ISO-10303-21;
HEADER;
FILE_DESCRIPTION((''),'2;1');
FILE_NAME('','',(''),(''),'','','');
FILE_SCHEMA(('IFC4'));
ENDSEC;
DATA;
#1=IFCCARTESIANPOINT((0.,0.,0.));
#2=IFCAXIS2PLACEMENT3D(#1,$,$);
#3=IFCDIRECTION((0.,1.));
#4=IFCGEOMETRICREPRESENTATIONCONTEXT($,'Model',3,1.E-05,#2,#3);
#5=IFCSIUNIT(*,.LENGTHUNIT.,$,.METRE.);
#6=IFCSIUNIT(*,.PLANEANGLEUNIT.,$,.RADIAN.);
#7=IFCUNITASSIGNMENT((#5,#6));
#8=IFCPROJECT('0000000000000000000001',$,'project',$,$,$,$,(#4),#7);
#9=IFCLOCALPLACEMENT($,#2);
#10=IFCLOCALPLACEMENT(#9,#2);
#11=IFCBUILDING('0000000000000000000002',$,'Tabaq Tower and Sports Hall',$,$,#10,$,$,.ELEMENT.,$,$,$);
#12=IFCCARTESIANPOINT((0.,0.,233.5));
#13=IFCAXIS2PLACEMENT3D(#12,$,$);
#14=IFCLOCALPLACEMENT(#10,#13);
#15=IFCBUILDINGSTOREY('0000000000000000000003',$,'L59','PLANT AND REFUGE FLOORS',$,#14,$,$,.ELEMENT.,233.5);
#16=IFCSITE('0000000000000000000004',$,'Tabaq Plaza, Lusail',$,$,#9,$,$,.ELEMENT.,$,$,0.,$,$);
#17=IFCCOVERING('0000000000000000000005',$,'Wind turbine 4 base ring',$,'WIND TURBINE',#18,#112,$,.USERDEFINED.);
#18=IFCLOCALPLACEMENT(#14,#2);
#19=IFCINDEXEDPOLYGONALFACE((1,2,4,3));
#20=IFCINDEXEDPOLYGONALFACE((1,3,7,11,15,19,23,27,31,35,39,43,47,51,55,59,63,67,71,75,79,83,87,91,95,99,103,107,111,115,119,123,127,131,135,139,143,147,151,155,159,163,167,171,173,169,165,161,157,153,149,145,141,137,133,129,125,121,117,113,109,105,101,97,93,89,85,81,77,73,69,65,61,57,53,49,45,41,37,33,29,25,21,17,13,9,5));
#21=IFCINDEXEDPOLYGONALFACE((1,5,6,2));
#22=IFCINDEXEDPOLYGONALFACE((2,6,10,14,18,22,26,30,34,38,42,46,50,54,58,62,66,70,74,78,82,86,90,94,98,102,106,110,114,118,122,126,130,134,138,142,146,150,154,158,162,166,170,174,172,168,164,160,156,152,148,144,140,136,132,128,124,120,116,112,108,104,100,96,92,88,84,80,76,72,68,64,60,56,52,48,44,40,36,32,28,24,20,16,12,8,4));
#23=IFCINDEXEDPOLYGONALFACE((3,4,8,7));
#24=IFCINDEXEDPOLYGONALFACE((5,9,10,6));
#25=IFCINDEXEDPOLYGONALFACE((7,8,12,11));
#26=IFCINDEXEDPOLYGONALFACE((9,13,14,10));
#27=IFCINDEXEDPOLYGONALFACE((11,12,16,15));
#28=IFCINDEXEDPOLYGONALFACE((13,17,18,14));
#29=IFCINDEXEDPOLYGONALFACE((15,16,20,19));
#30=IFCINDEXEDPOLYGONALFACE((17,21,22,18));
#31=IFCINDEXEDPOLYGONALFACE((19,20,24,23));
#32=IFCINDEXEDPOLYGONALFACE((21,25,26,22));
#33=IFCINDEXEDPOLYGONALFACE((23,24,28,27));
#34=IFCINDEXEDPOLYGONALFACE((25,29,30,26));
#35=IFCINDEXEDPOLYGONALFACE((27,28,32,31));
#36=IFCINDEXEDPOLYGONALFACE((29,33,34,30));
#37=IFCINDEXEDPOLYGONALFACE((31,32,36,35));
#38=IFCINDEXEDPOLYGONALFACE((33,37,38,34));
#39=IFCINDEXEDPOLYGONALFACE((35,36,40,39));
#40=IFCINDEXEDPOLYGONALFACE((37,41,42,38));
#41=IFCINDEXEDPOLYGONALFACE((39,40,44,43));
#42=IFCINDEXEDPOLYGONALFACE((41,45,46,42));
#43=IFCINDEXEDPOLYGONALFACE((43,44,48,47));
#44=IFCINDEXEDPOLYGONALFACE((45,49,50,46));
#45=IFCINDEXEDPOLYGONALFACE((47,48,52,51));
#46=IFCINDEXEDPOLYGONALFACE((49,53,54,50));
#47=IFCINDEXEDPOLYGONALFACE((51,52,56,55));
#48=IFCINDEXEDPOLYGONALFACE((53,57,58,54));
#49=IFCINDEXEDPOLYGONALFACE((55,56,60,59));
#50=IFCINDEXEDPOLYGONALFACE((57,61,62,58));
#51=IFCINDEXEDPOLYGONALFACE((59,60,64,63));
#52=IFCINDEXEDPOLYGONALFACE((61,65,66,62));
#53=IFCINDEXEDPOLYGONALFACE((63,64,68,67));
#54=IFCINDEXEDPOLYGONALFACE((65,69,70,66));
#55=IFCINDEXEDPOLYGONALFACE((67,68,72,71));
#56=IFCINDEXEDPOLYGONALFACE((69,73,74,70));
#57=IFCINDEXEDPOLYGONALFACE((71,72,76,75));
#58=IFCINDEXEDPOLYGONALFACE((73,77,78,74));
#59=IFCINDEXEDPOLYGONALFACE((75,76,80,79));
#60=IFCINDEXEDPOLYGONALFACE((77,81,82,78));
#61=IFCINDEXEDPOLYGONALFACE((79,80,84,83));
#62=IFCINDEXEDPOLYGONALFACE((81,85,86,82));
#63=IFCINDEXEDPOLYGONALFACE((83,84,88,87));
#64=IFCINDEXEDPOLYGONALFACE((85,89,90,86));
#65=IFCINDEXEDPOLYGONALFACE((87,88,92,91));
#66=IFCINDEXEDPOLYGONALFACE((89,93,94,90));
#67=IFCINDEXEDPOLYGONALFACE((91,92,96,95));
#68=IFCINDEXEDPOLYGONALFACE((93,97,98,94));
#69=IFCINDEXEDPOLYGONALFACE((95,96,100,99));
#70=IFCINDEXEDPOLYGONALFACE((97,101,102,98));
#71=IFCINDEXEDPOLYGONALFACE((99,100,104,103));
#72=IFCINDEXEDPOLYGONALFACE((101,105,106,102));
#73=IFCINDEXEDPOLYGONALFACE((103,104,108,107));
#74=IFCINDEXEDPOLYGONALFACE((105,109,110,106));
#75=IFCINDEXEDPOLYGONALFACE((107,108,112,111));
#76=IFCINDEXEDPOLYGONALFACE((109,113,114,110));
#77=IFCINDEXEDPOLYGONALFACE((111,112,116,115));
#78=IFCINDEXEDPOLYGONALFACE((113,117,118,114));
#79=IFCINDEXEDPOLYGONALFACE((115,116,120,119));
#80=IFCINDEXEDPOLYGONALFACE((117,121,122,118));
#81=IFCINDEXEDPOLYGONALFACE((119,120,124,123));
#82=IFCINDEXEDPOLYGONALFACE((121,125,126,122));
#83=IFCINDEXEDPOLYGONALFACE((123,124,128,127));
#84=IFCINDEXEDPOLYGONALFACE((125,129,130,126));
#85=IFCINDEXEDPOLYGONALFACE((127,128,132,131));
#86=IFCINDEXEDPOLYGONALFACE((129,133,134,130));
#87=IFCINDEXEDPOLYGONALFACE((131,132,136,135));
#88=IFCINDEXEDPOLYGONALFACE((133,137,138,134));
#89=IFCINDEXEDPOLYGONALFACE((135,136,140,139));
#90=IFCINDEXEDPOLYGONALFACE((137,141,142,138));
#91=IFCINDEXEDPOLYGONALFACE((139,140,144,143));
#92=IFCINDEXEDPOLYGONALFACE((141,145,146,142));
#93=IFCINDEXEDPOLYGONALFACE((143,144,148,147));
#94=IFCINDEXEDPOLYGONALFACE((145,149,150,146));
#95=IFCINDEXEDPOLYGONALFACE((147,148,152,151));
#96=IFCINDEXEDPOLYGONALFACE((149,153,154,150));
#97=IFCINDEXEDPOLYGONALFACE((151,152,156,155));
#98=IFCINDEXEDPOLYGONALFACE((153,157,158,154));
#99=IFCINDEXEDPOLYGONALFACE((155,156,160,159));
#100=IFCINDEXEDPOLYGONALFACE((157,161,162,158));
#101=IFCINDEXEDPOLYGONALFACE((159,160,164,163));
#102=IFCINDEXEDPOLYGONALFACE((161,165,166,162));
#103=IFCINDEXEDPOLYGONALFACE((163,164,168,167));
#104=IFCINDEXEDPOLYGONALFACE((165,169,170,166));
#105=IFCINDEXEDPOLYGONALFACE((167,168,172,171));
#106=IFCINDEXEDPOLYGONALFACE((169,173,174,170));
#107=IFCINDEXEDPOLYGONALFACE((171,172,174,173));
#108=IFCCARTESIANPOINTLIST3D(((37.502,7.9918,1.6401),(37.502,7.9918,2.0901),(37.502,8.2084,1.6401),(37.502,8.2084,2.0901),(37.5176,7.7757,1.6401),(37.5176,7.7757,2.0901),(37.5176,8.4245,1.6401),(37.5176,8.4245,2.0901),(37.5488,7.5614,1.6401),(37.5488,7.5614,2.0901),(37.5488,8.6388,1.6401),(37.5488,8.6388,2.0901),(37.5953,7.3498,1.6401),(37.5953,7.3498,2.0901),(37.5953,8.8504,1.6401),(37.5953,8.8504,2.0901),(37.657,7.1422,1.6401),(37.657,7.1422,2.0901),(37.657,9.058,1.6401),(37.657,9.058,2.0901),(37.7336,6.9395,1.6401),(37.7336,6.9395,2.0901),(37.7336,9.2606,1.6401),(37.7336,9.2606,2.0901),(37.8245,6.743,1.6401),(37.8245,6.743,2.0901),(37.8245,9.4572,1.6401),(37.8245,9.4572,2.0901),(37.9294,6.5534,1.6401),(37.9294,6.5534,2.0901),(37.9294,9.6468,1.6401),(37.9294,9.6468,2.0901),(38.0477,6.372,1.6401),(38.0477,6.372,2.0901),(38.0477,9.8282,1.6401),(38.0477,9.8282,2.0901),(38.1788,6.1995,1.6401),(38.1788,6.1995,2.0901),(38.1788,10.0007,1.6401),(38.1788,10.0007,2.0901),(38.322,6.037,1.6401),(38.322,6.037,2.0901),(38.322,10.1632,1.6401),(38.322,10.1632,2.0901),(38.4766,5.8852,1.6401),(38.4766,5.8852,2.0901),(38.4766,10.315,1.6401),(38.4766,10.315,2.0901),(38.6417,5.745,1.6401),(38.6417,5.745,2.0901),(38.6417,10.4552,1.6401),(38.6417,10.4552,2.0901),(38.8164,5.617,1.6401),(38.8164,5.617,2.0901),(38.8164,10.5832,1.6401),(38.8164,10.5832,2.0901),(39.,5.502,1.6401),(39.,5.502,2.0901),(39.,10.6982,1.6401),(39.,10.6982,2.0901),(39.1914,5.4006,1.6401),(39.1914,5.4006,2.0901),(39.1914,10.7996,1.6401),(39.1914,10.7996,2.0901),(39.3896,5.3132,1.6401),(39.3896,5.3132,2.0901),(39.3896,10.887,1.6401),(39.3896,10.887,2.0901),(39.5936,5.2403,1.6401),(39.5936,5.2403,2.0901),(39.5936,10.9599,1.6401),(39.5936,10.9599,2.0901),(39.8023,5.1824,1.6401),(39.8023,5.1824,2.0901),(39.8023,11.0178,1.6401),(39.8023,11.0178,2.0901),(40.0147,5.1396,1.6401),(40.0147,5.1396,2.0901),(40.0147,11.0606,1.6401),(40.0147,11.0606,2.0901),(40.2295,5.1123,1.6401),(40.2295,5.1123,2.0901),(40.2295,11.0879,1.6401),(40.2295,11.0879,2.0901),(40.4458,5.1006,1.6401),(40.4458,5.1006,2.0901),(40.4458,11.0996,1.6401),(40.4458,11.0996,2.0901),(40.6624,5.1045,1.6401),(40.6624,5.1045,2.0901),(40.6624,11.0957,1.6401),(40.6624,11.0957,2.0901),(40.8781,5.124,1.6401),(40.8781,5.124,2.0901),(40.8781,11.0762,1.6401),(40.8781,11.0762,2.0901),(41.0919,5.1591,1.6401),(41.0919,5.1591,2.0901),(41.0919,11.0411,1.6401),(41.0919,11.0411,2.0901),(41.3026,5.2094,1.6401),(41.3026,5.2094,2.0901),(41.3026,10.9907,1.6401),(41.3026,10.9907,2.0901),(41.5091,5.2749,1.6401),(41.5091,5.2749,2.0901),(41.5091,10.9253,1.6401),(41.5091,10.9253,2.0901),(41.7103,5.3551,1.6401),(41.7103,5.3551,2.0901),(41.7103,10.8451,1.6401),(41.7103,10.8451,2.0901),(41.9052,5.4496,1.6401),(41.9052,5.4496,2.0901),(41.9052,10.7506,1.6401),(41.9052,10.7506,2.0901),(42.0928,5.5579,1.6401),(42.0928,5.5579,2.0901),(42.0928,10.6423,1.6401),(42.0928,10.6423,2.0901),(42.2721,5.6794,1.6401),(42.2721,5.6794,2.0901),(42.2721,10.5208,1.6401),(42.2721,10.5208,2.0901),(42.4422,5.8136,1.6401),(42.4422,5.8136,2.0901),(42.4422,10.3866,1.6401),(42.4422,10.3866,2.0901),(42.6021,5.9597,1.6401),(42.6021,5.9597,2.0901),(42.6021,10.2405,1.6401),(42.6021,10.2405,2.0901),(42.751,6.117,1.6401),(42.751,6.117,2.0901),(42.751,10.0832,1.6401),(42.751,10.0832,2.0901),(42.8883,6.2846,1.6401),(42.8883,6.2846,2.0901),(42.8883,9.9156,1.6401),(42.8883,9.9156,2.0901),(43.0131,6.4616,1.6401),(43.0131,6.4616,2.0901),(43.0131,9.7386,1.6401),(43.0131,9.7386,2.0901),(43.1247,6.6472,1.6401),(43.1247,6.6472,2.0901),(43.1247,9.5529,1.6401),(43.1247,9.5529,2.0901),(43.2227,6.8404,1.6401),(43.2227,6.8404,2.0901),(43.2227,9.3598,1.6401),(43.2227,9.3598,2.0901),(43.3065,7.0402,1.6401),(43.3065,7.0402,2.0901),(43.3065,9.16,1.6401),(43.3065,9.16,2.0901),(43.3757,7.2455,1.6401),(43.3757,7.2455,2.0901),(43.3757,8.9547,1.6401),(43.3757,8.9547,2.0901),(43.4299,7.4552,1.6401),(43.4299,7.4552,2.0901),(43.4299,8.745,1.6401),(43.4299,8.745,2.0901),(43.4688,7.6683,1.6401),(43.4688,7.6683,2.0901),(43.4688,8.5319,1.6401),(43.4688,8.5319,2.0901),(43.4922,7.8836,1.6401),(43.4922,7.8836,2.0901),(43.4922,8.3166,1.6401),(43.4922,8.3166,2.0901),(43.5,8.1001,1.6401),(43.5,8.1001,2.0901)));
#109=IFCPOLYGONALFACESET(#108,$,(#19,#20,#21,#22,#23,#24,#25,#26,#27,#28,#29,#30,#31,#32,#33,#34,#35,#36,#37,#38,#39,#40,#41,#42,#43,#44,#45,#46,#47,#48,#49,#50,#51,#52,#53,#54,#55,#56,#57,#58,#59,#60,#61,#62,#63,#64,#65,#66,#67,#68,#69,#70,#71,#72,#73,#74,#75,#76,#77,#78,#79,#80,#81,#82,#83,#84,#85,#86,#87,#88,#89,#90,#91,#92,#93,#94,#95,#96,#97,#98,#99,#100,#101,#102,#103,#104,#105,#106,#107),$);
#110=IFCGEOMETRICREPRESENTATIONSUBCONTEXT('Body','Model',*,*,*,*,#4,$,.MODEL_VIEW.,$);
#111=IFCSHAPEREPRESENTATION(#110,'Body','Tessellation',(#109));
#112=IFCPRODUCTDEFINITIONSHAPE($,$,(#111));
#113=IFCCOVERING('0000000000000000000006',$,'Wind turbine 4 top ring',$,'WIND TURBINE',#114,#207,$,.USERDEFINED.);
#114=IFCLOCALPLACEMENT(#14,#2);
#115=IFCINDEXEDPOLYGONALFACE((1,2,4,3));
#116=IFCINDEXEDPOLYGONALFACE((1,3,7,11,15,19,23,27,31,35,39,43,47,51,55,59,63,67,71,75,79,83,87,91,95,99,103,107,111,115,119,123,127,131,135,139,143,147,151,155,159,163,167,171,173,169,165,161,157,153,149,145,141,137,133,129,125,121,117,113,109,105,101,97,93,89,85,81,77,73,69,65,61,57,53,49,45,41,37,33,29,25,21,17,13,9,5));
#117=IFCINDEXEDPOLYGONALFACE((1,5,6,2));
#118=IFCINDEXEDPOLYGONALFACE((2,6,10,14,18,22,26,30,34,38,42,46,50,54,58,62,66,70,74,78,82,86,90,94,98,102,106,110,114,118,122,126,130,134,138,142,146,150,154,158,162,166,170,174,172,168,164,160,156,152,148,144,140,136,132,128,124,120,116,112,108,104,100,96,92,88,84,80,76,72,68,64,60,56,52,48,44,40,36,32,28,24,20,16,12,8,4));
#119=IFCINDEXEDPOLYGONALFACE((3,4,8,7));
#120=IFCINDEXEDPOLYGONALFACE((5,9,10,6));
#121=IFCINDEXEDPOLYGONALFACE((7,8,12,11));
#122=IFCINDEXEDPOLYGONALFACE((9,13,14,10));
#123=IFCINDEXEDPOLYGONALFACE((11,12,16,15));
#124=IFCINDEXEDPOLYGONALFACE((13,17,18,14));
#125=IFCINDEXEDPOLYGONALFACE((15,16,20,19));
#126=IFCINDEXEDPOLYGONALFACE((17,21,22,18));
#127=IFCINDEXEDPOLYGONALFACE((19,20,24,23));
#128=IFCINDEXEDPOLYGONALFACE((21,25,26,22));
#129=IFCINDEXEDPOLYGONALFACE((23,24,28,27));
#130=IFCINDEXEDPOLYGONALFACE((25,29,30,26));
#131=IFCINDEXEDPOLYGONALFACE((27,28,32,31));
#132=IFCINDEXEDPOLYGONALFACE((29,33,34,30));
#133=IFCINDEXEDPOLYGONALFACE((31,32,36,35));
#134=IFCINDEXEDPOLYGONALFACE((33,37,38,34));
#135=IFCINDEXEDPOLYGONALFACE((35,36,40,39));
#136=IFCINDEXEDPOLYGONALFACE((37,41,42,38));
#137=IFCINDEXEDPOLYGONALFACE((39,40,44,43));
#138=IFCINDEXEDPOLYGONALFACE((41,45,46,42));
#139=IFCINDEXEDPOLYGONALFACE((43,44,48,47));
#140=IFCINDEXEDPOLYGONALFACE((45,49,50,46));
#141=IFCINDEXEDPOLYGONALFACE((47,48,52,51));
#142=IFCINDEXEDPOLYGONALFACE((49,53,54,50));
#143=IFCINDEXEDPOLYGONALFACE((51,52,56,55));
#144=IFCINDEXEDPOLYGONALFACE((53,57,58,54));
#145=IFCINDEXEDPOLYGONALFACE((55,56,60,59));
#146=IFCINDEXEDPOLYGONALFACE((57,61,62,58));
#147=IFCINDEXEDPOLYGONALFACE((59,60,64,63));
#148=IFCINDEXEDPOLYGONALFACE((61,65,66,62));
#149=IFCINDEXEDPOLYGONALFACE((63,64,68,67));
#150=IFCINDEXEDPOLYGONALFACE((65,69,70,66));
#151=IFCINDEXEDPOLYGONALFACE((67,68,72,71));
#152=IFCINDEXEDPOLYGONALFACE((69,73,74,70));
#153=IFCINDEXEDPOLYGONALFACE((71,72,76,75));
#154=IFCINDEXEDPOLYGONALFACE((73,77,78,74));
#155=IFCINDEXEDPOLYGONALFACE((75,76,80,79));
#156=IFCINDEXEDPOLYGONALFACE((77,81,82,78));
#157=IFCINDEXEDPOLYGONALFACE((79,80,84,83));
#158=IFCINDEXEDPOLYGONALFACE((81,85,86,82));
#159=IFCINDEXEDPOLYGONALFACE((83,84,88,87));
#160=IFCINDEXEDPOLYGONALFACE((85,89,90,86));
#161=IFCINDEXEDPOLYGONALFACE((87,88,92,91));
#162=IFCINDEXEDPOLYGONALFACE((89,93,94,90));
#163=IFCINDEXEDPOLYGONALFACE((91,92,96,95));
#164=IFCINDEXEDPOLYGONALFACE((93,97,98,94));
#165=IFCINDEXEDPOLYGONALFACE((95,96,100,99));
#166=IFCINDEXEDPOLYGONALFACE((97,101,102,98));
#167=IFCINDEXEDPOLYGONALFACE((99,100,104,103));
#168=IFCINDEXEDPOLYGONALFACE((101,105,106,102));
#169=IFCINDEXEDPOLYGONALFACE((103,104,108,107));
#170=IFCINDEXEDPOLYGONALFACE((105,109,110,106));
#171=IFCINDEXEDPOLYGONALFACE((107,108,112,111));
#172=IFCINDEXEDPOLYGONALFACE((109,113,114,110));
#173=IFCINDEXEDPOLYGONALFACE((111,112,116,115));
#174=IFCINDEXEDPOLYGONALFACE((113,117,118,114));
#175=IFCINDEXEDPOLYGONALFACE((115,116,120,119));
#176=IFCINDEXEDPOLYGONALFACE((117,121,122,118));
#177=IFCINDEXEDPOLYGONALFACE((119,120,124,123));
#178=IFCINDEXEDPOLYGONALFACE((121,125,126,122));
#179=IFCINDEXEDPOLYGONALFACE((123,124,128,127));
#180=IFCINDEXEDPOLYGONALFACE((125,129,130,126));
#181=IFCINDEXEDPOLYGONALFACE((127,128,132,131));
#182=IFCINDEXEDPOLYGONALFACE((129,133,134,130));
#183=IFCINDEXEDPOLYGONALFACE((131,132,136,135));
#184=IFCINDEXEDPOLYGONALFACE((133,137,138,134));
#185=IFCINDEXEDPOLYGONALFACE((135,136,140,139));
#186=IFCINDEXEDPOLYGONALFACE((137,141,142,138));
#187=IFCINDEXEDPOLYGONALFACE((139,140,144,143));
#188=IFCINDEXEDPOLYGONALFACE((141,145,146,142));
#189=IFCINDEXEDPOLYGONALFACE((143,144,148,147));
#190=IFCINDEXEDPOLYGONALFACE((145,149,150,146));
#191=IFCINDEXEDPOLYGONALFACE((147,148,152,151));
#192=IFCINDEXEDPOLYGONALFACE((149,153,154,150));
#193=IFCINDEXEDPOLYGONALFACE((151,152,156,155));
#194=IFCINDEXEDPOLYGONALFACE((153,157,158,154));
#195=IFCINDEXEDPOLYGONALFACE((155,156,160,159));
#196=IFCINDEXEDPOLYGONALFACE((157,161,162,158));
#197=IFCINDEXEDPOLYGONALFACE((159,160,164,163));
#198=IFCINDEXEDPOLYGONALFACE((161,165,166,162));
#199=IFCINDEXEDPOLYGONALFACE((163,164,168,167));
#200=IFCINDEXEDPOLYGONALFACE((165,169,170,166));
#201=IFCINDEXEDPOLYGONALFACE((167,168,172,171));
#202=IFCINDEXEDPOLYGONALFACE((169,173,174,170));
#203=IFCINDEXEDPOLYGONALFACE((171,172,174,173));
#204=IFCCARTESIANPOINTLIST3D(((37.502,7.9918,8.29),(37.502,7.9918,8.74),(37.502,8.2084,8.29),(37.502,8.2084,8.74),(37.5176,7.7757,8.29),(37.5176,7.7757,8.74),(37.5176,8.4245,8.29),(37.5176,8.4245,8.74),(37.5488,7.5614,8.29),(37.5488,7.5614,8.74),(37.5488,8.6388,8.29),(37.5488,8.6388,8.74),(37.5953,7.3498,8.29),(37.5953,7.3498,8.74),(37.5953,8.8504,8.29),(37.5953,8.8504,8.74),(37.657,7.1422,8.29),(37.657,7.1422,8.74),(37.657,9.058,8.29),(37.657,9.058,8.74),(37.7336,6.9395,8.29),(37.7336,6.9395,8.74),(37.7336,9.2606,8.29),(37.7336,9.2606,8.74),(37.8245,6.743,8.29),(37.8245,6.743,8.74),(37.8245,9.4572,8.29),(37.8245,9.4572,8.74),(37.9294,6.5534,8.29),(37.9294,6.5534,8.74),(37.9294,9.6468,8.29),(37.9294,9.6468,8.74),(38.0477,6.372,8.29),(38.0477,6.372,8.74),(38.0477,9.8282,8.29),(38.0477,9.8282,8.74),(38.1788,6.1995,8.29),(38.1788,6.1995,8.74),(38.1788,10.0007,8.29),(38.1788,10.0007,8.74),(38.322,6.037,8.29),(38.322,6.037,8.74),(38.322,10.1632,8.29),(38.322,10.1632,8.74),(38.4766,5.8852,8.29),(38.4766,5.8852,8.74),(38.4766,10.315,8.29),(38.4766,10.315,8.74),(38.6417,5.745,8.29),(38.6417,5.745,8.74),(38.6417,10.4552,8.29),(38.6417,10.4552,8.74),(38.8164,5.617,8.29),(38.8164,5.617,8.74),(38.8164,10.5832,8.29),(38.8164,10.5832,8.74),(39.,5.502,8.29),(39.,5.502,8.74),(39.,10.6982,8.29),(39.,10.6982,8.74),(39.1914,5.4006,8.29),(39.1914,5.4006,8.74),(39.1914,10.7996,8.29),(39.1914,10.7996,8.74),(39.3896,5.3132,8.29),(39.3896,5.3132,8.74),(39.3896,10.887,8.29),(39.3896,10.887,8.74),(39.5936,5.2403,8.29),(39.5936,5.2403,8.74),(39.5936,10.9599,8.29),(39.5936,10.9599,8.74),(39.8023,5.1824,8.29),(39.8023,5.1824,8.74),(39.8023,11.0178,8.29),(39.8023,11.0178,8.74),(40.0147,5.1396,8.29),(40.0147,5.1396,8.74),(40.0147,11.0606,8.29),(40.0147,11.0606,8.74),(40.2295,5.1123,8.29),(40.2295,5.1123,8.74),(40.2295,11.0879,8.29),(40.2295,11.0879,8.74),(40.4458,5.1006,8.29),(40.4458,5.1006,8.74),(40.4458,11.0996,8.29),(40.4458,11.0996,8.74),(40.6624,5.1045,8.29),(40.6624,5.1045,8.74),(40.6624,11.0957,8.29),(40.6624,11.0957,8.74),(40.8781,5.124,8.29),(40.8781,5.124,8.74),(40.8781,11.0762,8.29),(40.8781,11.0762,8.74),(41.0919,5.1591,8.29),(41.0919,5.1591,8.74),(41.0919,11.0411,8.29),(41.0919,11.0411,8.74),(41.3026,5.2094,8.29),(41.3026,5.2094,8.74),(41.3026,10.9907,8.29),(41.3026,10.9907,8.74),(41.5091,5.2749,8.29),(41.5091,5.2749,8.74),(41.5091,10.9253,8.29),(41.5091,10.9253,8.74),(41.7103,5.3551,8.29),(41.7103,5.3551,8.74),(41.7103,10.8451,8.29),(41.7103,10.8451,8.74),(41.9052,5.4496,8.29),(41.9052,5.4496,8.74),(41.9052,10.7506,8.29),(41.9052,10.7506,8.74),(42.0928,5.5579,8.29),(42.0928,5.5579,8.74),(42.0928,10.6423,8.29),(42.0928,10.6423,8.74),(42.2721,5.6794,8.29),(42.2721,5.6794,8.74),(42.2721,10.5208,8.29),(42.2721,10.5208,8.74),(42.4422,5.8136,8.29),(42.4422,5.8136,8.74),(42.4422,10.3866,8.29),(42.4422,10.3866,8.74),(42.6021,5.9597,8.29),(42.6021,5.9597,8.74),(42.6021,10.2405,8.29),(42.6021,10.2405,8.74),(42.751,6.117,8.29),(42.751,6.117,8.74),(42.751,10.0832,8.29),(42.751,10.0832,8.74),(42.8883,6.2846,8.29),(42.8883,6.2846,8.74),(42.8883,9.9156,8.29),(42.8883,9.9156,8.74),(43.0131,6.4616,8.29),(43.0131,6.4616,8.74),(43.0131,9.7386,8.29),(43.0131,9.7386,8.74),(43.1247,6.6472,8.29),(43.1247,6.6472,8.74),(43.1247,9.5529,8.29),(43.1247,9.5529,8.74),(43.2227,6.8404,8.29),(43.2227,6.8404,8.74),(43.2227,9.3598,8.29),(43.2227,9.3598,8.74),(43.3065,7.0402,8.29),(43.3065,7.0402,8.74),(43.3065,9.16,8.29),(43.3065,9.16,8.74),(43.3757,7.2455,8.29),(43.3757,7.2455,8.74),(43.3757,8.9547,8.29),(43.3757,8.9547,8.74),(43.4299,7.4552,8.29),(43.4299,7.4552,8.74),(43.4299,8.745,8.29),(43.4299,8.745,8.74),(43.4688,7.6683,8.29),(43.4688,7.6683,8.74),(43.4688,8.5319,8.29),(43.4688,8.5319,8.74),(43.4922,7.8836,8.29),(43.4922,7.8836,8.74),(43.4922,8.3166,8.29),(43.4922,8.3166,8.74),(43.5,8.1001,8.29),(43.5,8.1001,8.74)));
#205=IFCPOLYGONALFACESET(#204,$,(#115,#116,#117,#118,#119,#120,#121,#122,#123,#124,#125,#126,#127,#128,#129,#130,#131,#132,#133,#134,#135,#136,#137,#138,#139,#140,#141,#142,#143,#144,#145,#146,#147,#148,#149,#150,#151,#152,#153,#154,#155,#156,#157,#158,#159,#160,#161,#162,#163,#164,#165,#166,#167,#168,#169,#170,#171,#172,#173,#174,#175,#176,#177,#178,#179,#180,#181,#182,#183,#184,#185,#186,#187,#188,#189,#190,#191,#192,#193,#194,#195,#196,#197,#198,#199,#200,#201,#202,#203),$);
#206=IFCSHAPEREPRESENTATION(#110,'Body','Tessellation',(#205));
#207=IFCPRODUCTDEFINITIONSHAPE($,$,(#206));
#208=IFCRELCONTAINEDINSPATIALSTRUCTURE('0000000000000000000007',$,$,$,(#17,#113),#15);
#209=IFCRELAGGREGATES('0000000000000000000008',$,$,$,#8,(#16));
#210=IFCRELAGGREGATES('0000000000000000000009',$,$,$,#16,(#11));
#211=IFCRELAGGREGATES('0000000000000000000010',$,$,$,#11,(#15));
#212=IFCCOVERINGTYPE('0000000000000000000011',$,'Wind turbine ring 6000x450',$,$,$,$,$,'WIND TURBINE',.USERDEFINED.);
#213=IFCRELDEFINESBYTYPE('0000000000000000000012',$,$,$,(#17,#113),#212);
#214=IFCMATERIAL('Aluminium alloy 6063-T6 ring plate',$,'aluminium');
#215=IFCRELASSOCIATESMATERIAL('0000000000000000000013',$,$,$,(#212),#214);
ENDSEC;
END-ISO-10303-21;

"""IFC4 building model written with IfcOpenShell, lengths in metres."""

from ifc_helpers import new_model, si_unit, direction, frame, origin, origin_2d, place, context, subcontext, project, spatial, circle, extrude, material, material_profile, profile_set, type_object, element, save


model = new_model("IFC4")

# Units and contexts
model_context = context("Model", 3, precision=1e-05, world=origin(), true_north=direction((0.0, 1.0)))
body_context = subcontext(model_context, "Body", "Model", "MODEL_VIEW")
ifc_project = project(units=[si_unit("LENGTHUNIT", "METRE"), si_unit("PLANEANGLEUNIT", "RADIAN")], contexts=[model_context])

# Site, building, storey
site_placement = place(None, origin())
site = spatial("IfcSite", under=ifc_project, at=site_placement, Name="Tabaq Plaza, Lusail", CompositionType="ELEMENT", RefElevation=0.0)
building_placement = place(site_placement, origin())
building = spatial("IfcBuilding", under=site, at=building_placement, Name="Tabaq Tower and Sports Hall", CompositionType="ELEMENT")
storey_placement = place(building_placement, frame((0.0, 0.0, 233.5)))
storey = spatial("IfcBuildingStorey", under=building, at=storey_placement, Name="L59", Description="PLANT AND REFUGE FLOORS", CompositionType="ELEMENT", Elevation=233.5)

# Coverings
ifc_material_1 = material(Name="Aluminium alloy 6063-T6 ring plate", Category="aluminium")
ifc_material_profile_1 = material_profile(ifc_material_1, circle(Radius=3.0, at=origin_2d()), Name="Wind turbine ring 6000x450")
ifc_profile_set_1 = profile_set([ifc_material_profile_1], Name="Aluminium alloy 6063-T6 ring plate")
covering_type_1 = type_object("IfcCoveringType", Name="Wind turbine ring 6000x450", ElementType="WIND TURBINE", PredefinedType="USERDEFINED", material=ifc_profile_set_1)
for number, where, z_axis, x_axis, name in (
    (1, (40.5, 8.1001, 2.0901), (0.0, 0.0, -1.0), (1.0, 0.0, 0.0), "Wind turbine 4 base ring"),
    (2, (40.5, 8.1001, 8.74), (0.0, 0.0, -1.0), (1.0, 0.0, 0.0), "Wind turbine 4 top ring"),
):
    element("IfcCovering", number, at=place(storey_placement, frame(where, z_axis=z_axis, x_axis=x_axis)), inside=storey, type_object=covering_type_1, Name=name, ObjectType="WIND TURBINE", PredefinedType="USERDEFINED", context=body_context, shape_type="SweptSolid", body=[
        extrude(circle(Radius=3.0, at=origin_2d()), origin(), (0.0, 0.0, 1.0), 0.45),
    ])

save(model, "model.ifc")
